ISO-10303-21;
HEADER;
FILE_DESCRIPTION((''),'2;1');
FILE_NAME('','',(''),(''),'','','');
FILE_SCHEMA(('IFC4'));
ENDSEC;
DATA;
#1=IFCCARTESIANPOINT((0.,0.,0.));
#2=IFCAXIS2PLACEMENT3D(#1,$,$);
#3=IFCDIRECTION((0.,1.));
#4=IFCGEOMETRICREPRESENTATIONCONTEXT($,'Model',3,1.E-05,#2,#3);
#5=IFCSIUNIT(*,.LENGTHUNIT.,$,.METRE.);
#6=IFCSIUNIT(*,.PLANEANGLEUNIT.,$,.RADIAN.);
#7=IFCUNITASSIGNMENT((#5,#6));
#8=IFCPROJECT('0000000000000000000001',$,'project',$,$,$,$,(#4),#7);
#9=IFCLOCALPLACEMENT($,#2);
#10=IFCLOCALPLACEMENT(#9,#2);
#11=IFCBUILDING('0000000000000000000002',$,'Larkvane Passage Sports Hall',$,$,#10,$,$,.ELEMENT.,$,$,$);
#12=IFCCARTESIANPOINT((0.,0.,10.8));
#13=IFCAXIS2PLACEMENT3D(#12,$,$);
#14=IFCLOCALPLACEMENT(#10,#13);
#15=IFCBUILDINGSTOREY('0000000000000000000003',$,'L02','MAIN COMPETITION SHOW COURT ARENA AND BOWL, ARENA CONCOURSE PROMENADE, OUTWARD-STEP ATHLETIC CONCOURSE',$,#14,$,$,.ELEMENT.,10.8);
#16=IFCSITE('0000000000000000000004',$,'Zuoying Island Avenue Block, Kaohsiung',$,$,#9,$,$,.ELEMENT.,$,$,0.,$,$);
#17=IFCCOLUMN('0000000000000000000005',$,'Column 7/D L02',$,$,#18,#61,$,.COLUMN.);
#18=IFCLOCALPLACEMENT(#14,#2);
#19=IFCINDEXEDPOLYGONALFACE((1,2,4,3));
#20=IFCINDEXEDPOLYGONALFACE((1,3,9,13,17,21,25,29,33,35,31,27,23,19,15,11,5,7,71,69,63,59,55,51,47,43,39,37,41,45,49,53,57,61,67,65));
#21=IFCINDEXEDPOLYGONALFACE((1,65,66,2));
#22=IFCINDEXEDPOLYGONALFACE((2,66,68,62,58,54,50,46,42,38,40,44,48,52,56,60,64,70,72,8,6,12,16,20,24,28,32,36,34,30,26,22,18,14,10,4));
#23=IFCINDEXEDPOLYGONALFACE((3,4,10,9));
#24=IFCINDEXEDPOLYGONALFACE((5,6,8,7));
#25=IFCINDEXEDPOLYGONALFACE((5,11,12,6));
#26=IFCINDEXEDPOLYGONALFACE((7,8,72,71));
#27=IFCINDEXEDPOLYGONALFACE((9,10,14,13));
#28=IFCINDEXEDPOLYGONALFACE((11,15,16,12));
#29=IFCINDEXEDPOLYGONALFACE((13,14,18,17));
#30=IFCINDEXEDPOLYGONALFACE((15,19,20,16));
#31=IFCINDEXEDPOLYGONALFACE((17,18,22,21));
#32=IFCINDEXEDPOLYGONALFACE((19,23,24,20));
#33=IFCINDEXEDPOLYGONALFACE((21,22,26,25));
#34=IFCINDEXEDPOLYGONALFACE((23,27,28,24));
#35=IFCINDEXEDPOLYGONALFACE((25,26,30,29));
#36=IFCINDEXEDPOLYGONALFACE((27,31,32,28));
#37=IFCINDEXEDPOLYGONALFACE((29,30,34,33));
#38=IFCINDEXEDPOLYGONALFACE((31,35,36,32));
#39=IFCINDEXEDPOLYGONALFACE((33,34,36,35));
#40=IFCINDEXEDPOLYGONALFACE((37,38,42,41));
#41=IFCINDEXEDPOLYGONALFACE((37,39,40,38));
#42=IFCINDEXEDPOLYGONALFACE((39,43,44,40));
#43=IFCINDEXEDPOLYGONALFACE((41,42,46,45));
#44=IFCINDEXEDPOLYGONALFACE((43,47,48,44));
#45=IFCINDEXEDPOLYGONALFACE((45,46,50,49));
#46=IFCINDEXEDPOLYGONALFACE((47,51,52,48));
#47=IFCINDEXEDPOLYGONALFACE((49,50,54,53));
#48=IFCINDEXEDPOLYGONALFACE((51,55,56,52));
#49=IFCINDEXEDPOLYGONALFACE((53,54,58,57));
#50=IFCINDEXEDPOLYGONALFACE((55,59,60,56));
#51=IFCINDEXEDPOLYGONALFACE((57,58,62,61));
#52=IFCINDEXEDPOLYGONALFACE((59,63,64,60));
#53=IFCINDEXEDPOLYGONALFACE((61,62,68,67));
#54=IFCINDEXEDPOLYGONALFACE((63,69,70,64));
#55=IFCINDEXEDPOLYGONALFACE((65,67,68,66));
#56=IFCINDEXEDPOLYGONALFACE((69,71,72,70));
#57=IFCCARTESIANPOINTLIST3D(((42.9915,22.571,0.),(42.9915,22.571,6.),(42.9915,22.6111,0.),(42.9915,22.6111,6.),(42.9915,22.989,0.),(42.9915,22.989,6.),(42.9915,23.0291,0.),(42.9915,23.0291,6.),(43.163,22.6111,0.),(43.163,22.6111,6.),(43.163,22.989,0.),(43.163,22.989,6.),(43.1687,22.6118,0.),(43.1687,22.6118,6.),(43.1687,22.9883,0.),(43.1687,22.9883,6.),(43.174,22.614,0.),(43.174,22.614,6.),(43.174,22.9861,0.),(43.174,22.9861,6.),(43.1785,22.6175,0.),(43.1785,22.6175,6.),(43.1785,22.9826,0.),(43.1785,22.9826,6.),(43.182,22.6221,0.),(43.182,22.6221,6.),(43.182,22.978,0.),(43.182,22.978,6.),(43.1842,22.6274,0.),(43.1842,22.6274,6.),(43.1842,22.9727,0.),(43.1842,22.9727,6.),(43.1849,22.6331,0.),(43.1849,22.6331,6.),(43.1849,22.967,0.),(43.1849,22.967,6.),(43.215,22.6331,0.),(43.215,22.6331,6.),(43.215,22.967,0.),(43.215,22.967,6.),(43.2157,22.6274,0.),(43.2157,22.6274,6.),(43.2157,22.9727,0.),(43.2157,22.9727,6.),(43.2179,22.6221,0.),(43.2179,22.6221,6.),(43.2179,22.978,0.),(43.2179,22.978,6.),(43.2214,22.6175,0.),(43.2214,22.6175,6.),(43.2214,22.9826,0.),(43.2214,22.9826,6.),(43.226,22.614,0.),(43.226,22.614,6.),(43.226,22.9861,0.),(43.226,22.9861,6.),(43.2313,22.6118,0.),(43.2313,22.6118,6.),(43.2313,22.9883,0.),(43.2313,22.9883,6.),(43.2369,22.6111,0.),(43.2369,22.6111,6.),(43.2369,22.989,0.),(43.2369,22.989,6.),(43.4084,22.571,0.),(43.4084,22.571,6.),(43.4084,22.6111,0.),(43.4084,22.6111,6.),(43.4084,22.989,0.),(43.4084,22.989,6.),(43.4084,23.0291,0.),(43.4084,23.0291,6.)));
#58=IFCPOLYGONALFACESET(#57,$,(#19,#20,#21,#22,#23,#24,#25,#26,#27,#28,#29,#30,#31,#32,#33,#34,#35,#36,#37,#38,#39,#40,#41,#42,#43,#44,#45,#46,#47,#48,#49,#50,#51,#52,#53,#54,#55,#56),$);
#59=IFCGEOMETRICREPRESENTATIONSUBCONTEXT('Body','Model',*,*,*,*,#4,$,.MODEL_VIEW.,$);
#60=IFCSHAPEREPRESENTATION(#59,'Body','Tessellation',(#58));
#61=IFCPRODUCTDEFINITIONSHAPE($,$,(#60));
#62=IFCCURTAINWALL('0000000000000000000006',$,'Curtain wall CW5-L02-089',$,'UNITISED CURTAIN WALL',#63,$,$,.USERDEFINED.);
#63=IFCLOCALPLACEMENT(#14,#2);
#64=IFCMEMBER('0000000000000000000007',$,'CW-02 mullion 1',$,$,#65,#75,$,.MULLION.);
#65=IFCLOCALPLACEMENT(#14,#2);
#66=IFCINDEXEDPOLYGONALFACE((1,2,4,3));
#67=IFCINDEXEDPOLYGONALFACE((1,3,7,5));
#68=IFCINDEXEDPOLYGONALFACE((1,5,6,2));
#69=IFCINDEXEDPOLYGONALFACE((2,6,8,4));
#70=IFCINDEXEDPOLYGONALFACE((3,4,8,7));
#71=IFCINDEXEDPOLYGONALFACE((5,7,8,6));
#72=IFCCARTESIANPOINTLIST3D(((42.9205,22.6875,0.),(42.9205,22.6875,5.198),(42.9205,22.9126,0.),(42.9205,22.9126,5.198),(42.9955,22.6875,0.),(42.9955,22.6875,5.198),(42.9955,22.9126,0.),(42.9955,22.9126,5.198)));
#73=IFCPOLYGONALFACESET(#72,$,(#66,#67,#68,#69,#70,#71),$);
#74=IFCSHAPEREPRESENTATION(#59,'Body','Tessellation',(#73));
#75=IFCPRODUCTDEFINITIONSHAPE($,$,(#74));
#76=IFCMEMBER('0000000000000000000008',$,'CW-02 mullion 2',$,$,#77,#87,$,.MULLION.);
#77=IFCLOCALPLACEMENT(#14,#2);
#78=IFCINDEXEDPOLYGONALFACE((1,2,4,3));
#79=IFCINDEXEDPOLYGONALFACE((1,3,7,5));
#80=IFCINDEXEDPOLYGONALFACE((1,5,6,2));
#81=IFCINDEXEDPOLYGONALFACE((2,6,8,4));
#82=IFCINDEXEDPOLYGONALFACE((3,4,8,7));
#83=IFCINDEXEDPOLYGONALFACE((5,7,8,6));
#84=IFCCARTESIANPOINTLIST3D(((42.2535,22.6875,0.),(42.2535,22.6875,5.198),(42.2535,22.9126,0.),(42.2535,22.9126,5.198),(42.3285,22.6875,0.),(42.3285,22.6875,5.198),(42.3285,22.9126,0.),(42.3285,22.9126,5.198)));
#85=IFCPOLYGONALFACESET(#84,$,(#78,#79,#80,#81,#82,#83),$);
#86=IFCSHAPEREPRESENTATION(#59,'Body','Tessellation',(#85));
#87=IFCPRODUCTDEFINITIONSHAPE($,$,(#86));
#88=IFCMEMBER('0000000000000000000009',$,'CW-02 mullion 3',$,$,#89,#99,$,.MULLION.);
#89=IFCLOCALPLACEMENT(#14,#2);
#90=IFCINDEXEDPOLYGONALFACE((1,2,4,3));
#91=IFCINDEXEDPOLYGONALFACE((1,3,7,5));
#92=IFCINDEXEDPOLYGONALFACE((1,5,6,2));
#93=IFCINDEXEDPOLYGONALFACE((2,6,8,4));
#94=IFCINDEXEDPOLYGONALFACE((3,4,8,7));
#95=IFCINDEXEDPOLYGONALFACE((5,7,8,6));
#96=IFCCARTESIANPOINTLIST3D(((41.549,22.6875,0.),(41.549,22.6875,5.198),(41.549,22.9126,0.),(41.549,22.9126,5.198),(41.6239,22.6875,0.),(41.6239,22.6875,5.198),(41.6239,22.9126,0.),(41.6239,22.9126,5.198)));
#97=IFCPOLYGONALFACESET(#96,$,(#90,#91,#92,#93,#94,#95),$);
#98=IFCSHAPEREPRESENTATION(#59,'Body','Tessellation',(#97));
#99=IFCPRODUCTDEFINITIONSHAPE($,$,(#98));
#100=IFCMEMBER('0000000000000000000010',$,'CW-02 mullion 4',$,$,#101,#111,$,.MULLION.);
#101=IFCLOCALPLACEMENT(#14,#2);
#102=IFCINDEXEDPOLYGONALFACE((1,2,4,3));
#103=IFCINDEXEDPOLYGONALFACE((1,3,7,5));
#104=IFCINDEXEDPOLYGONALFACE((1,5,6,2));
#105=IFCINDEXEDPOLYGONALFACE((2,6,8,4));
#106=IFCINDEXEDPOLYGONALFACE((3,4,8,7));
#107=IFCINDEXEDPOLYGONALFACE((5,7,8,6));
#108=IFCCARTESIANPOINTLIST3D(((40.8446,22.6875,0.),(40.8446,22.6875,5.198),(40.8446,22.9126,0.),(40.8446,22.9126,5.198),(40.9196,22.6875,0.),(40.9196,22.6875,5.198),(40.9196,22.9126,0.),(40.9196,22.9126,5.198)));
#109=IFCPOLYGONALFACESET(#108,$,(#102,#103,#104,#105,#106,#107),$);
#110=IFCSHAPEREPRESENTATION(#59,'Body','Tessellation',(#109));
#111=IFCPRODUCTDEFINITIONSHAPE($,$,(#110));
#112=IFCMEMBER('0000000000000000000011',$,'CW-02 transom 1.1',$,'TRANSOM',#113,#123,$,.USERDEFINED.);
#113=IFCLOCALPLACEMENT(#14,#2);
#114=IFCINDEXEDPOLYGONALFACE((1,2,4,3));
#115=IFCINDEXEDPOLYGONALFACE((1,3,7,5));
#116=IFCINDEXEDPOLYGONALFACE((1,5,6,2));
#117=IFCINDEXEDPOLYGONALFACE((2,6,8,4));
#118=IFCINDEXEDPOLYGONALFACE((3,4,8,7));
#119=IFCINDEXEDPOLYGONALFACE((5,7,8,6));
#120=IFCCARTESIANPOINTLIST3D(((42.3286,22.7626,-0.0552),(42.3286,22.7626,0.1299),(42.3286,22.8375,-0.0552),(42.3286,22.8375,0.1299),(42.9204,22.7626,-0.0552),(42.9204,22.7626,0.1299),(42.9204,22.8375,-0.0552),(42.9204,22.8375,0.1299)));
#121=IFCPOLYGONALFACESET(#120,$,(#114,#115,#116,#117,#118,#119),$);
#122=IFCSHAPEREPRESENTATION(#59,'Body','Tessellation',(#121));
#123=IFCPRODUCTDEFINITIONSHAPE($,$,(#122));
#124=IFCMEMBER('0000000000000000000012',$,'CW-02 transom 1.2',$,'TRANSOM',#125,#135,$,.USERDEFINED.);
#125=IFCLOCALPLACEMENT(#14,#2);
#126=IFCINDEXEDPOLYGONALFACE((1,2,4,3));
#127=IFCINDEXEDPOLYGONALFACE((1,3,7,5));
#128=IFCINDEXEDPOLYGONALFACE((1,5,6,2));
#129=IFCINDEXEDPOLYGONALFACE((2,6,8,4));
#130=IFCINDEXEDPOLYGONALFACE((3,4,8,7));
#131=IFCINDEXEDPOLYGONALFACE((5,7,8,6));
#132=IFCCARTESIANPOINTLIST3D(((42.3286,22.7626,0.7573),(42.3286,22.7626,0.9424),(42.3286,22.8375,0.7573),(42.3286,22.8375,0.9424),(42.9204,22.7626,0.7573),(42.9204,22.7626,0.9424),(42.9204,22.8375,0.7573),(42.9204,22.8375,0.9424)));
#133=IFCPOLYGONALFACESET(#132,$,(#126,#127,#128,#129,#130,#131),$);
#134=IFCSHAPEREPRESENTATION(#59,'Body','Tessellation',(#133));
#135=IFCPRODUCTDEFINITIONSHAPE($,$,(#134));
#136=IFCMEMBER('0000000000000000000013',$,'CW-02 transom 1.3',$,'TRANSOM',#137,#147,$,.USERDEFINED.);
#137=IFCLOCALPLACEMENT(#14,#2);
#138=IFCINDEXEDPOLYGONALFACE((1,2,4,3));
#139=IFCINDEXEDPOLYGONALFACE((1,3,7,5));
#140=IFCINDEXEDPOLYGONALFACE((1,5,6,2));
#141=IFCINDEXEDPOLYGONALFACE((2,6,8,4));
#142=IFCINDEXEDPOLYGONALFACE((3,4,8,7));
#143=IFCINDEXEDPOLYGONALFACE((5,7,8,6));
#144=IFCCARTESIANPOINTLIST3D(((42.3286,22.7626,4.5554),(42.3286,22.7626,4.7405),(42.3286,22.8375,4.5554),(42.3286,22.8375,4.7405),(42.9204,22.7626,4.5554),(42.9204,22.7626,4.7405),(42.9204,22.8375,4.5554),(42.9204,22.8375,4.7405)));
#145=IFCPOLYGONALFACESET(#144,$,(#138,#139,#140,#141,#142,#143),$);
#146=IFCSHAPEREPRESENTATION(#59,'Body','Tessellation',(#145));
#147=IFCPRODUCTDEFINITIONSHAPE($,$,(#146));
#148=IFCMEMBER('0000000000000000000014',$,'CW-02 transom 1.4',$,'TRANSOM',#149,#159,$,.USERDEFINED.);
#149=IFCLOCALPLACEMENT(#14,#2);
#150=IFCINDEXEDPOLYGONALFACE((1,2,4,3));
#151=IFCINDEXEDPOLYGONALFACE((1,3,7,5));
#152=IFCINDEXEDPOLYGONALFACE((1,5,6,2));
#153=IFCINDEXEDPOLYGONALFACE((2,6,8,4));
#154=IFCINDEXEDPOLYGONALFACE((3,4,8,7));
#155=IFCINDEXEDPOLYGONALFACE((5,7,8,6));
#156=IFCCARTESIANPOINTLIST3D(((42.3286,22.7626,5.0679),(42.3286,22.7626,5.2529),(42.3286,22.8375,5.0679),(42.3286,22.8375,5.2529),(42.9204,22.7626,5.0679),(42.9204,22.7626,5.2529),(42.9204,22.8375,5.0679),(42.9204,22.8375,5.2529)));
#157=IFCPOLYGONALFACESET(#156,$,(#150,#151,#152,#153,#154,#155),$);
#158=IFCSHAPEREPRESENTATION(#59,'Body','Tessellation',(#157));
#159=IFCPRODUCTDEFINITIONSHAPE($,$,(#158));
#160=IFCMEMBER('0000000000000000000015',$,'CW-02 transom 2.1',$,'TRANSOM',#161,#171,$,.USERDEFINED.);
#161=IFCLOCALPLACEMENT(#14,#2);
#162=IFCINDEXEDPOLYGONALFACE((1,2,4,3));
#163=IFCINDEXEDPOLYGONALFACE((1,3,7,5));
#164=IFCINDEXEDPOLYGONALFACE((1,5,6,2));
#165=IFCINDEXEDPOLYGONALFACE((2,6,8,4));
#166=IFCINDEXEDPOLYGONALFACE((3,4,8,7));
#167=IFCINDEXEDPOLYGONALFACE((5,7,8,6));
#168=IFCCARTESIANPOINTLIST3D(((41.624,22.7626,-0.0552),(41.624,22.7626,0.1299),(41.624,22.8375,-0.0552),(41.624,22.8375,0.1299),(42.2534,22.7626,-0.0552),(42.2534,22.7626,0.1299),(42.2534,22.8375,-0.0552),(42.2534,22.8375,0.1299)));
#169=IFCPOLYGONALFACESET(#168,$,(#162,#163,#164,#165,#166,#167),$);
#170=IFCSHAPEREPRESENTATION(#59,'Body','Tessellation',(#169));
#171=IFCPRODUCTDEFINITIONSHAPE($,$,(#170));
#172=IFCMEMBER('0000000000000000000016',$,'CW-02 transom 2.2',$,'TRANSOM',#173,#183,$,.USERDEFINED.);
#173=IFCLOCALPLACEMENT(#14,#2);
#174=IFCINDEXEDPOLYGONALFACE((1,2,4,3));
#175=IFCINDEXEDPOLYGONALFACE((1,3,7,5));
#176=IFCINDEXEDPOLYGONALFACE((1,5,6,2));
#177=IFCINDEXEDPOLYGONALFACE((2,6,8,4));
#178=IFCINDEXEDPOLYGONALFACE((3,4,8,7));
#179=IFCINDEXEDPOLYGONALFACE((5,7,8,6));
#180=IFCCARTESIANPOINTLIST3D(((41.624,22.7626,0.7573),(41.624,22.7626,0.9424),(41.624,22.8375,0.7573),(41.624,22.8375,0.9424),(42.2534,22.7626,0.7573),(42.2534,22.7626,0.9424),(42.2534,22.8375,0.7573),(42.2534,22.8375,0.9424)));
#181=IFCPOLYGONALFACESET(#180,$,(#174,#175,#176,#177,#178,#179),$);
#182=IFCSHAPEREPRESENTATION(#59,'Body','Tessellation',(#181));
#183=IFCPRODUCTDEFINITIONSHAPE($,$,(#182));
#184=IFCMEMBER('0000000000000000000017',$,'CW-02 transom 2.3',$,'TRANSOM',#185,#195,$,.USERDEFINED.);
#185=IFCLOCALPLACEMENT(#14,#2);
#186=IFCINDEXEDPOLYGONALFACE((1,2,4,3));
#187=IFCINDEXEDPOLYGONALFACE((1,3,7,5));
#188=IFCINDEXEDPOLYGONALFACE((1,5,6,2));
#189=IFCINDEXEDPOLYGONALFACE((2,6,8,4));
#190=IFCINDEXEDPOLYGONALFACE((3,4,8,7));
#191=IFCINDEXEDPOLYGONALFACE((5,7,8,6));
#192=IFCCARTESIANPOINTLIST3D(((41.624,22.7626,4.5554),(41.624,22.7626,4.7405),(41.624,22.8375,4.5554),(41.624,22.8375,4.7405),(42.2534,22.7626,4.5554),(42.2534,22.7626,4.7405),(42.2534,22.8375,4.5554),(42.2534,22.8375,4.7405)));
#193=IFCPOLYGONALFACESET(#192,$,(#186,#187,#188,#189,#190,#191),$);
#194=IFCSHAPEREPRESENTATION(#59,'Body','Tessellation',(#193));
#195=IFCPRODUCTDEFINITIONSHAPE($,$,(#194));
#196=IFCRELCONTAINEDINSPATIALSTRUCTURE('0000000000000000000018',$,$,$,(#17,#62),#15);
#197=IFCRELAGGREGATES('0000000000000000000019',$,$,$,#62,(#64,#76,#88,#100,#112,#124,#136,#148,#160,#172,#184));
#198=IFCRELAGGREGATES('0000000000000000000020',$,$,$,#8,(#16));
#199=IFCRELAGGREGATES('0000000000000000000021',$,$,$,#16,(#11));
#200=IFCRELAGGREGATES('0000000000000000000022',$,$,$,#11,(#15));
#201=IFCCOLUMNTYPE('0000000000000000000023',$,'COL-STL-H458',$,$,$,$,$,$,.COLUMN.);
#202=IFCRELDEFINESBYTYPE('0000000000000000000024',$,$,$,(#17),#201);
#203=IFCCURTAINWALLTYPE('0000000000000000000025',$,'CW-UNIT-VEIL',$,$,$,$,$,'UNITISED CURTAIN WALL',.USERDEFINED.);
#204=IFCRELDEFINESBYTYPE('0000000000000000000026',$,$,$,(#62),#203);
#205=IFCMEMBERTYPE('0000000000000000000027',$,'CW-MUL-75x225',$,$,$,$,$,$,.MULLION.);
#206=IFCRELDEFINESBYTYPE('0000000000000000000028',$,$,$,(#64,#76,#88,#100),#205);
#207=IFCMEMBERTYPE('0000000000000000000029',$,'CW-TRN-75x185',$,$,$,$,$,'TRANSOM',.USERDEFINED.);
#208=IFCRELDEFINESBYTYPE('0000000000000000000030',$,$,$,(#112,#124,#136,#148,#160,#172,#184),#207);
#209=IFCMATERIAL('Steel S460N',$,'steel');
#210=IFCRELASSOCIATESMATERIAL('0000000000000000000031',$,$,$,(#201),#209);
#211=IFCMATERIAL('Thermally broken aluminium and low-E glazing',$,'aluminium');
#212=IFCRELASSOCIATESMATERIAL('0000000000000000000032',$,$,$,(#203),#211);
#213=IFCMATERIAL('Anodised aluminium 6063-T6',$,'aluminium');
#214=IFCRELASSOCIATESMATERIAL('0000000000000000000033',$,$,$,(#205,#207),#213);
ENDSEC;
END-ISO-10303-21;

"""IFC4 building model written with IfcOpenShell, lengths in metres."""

from ifc_helpers import new_model, si_unit, direction, frame, origin, origin_2d, place, context, subcontext, project, spatial, rectangle, i_section, extrude, material, material_profile, profile_set, type_object, element, aggregate, save


model = new_model("IFC4")

# Units and contexts
model_context = context("Model", 3, precision=1e-05, world=origin(), true_north=direction((0.0, 1.0)))
body_context = subcontext(model_context, "Body", "Model", "MODEL_VIEW")
ifc_project = project(units=[si_unit("LENGTHUNIT", "METRE"), si_unit("PLANEANGLEUNIT", "RADIAN")], contexts=[model_context])

# Site, building, storey
site_placement = place(None, origin())
site = spatial("IfcSite", under=ifc_project, at=site_placement, Name="Zuoying Island Avenue Block, Kaohsiung", CompositionType="ELEMENT", RefElevation=0.0)
building_placement = place(site_placement, origin())
building = spatial("IfcBuilding", under=site, at=building_placement, Name="Larkvane Passage Sports Hall", CompositionType="ELEMENT")
storey_placement = place(building_placement, frame((0.0, 0.0, 10.8)))
storey = spatial("IfcBuildingStorey", under=building, at=storey_placement, Name="L02", Description="MAIN COMPETITION SHOW COURT ARENA AND BOWL, ARENA CONCOURSE PROMENADE, OUTWARD-STEP ATHLETIC CONCOURSE", CompositionType="ELEMENT", Elevation=10.8)

# Column
ifc_material_1 = material(Name="Steel S460N", Category="steel")
ifc_material_profile_1 = material_profile(ifc_material_1, i_section(OverallWidth=0.417, OverallDepth=0.458, WebThickness=0.03, FlangeThickness=0.04, FilletRadius=0.022, at=origin_2d()), Name="H-458x417x30x40")
ifc_profile_set_1 = profile_set([ifc_material_profile_1], Name="Steel S460N")
column_type = type_object("IfcColumnType", Name="COL-STL-H458", PredefinedType="COLUMN", material=ifc_profile_set_1)
column_placement = place(storey_placement, frame((43.2, 22.8, 0.0), z_axis=(0.0, 0.0, 1.0), x_axis=(1.0, 0.0, 0.0)))
element("IfcColumn", 1, at=column_placement, inside=storey, type_object=column_type, Name="Column 7/D L02", PredefinedType="COLUMN", context=body_context, shape_type="SweptSolid", body=[
    extrude(i_section(OverallWidth=0.417, OverallDepth=0.458, WebThickness=0.03, FlangeThickness=0.04, FilletRadius=0.022, at=origin_2d()), origin(), (0.0, 0.0, 1.0), 6.0),
])

# Curtain wall, members
ifc_material_2 = material(Name="Thermally broken aluminium and low-E glazing", Category="aluminium")
curtain_wall_type = type_object("IfcCurtainWallType", Name="CW-UNIT-VEIL", ElementType="UNITISED CURTAIN WALL", PredefinedType="USERDEFINED", material=ifc_material_2)
curtain_wall_placement = place(storey_placement, origin())
curtain_wall = element("IfcCurtainWall", 2, at=curtain_wall_placement, inside=storey, type_object=curtain_wall_type, Name="Curtain wall CW5-L02-089", ObjectType="UNITISED CURTAIN WALL", PredefinedType="USERDEFINED")
ifc_material_3 = material(Name="Anodised aluminium 6063-T6", Category="aluminium")
ifc_material_profile_2 = material_profile(ifc_material_3, rectangle(XDim=0.075, YDim=0.2251, at=origin_2d()), Name="ALU-MUL-75x225")
ifc_profile_set_2 = profile_set([ifc_material_profile_2], Name="Anodised aluminium 6063-T6")
member_type_1 = type_object("IfcMemberType", Name="CW-MUL-75x225", PredefinedType="MULLION", material=ifc_profile_set_2)
member_1_placement = place(storey_placement, frame((42.958, 22.8, 0.0), z_axis=(0.0, 0.0, 1.0), x_axis=(-1.0, 0.0, 0.0)))
member_1 = element("IfcMember", 3, at=member_1_placement, type_object=member_type_1, Name="CW-02 mullion 1", PredefinedType="MULLION", context=body_context, shape_type="SweptSolid", body=[
    extrude(rectangle(XDim=0.075, YDim=0.2251, at=origin_2d()), origin(), (0.0, 0.0, 1.0), 5.198),
])
member_2_placement = place(storey_placement, frame((42.291, 22.8, 0.0), z_axis=(0.0, 0.0, 1.0), x_axis=(-1.0, 0.0, 0.0)))
member_2 = element("IfcMember", 4, at=member_2_placement, type_object=member_type_1, Name="CW-02 mullion 2", PredefinedType="MULLION", context=body_context, shape_type="SweptSolid", body=[
    extrude(rectangle(XDim=0.075, YDim=0.2251, at=origin_2d()), origin(), (0.0, 0.0, 1.0), 5.198),
])
member_3_placement = place(storey_placement, frame((41.5864, 22.8, 0.0), z_axis=(0.0, 0.0, 1.0), x_axis=(-1.0, 0.0, 0.0)))
member_3 = element("IfcMember", 5, at=member_3_placement, type_object=member_type_1, Name="CW-02 mullion 3", PredefinedType="MULLION", context=body_context, shape_type="SweptSolid", body=[
    extrude(rectangle(XDim=0.075, YDim=0.2251, at=origin_2d()), origin(), (0.0, 0.0, 1.0), 5.198),
])
member_4_placement = place(storey_placement, frame((40.8821, 22.8, 0.0), z_axis=(0.0, 0.0, 1.0), x_axis=(-1.0, 0.0, 0.0)))
member_4 = element("IfcMember", 6, at=member_4_placement, type_object=member_type_1, Name="CW-02 mullion 4", PredefinedType="MULLION", context=body_context, shape_type="SweptSolid", body=[
    extrude(rectangle(XDim=0.075, YDim=0.2251, at=origin_2d()), origin(), (0.0, 0.0, 1.0), 5.198),
])
ifc_material_profile_3 = material_profile(ifc_material_3, rectangle(XDim=0.075, YDim=0.1851, at=origin_2d()), Name="ALU-TRN-75x185")
ifc_profile_set_3 = profile_set([ifc_material_profile_3], Name="Anodised aluminium 6063-T6")
member_type_2 = type_object("IfcMemberType", Name="CW-TRN-75x185", ElementType="TRANSOM", PredefinedType="USERDEFINED", material=ifc_profile_set_3)
member_5_placement = place(storey_placement, frame((42.9204, 22.8, 0.0374), z_axis=(-1.0, 0.0, 0.0), x_axis=(0.0, -1.0, 0.0)))
member_5 = element("IfcMember", 7, at=member_5_placement, type_object=member_type_2, Name="CW-02 transom 1.1", ObjectType="TRANSOM", PredefinedType="USERDEFINED", context=body_context, shape_type="SweptSolid", body=[
    extrude(rectangle(XDim=0.075, YDim=0.1851, at=origin_2d()), origin(), (0.0, 0.0, 1.0), 0.5918),
])
member_6_placement = place(storey_placement, frame((42.9204, 22.8, 0.8499), z_axis=(-1.0, 0.0, 0.0), x_axis=(0.0, -1.0, 0.0)))
member_6 = element("IfcMember", 8, at=member_6_placement, type_object=member_type_2, Name="CW-02 transom 1.2", ObjectType="TRANSOM", PredefinedType="USERDEFINED", context=body_context, shape_type="SweptSolid", body=[
    extrude(rectangle(XDim=0.075, YDim=0.1851, at=origin_2d()), origin(), (0.0, 0.0, 1.0), 0.5918),
])
member_7_placement = place(storey_placement, frame((42.9204, 22.8, 4.6479), z_axis=(-1.0, 0.0, 0.0), x_axis=(0.0, -1.0, 0.0)))
member_7 = element("IfcMember", 9, at=member_7_placement, type_object=member_type_2, Name="CW-02 transom 1.3", ObjectType="TRANSOM", PredefinedType="USERDEFINED", context=body_context, shape_type="SweptSolid", body=[
    extrude(rectangle(XDim=0.075, YDim=0.1851, at=origin_2d()), origin(), (0.0, 0.0, 1.0), 0.5918),
])
member_8_placement = place(storey_placement, frame((42.9204, 22.8, 5.1604), z_axis=(-1.0, 0.0, 0.0), x_axis=(0.0, -1.0, 0.0)))
member_8 = element("IfcMember", 10, at=member_8_placement, type_object=member_type_2, Name="CW-02 transom 1.4", ObjectType="TRANSOM", PredefinedType="USERDEFINED", context=body_context, shape_type="SweptSolid", body=[
    extrude(rectangle(XDim=0.075, YDim=0.1851, at=origin_2d()), origin(), (0.0, 0.0, 1.0), 0.5918),
])
member_9_placement = place(storey_placement, frame((42.2534, 22.8, 0.0374), z_axis=(-1.0, 0.0, 0.0), x_axis=(0.0, -1.0, 0.0)))
member_9 = element("IfcMember", 11, at=member_9_placement, type_object=member_type_2, Name="CW-02 transom 2.1", ObjectType="TRANSOM", PredefinedType="USERDEFINED", context=body_context, shape_type="SweptSolid", body=[
    extrude(rectangle(XDim=0.075, YDim=0.1851, at=origin_2d()), origin(), (0.0, 0.0, 1.0), 0.6294),
])
member_10_placement = place(storey_placement, frame((42.2534, 22.8, 0.8499), z_axis=(-1.0, 0.0, 0.0), x_axis=(0.0, -1.0, 0.0)))
member_10 = element("IfcMember", 12, at=member_10_placement, type_object=member_type_2, Name="CW-02 transom 2.2", ObjectType="TRANSOM", PredefinedType="USERDEFINED", context=body_context, shape_type="SweptSolid", body=[
    extrude(rectangle(XDim=0.075, YDim=0.1851, at=origin_2d()), origin(), (0.0, 0.0, 1.0), 0.6294),
])
member_11_placement = place(storey_placement, frame((42.2534, 22.8, 4.6479), z_axis=(-1.0, 0.0, 0.0), x_axis=(0.0, -1.0, 0.0)))
member_11 = element("IfcMember", 13, at=member_11_placement, type_object=member_type_2, Name="CW-02 transom 2.3", ObjectType="TRANSOM", PredefinedType="USERDEFINED", context=body_context, shape_type="SweptSolid", body=[
    extrude(rectangle(XDim=0.075, YDim=0.1851, at=origin_2d()), origin(), (0.0, 0.0, 1.0), 0.6294),
])
aggregate(curtain_wall, [member_1, member_2, member_3, member_4, member_5, member_6, member_7, member_8, member_9, member_10, member_11])

save(model, "model.ifc")
